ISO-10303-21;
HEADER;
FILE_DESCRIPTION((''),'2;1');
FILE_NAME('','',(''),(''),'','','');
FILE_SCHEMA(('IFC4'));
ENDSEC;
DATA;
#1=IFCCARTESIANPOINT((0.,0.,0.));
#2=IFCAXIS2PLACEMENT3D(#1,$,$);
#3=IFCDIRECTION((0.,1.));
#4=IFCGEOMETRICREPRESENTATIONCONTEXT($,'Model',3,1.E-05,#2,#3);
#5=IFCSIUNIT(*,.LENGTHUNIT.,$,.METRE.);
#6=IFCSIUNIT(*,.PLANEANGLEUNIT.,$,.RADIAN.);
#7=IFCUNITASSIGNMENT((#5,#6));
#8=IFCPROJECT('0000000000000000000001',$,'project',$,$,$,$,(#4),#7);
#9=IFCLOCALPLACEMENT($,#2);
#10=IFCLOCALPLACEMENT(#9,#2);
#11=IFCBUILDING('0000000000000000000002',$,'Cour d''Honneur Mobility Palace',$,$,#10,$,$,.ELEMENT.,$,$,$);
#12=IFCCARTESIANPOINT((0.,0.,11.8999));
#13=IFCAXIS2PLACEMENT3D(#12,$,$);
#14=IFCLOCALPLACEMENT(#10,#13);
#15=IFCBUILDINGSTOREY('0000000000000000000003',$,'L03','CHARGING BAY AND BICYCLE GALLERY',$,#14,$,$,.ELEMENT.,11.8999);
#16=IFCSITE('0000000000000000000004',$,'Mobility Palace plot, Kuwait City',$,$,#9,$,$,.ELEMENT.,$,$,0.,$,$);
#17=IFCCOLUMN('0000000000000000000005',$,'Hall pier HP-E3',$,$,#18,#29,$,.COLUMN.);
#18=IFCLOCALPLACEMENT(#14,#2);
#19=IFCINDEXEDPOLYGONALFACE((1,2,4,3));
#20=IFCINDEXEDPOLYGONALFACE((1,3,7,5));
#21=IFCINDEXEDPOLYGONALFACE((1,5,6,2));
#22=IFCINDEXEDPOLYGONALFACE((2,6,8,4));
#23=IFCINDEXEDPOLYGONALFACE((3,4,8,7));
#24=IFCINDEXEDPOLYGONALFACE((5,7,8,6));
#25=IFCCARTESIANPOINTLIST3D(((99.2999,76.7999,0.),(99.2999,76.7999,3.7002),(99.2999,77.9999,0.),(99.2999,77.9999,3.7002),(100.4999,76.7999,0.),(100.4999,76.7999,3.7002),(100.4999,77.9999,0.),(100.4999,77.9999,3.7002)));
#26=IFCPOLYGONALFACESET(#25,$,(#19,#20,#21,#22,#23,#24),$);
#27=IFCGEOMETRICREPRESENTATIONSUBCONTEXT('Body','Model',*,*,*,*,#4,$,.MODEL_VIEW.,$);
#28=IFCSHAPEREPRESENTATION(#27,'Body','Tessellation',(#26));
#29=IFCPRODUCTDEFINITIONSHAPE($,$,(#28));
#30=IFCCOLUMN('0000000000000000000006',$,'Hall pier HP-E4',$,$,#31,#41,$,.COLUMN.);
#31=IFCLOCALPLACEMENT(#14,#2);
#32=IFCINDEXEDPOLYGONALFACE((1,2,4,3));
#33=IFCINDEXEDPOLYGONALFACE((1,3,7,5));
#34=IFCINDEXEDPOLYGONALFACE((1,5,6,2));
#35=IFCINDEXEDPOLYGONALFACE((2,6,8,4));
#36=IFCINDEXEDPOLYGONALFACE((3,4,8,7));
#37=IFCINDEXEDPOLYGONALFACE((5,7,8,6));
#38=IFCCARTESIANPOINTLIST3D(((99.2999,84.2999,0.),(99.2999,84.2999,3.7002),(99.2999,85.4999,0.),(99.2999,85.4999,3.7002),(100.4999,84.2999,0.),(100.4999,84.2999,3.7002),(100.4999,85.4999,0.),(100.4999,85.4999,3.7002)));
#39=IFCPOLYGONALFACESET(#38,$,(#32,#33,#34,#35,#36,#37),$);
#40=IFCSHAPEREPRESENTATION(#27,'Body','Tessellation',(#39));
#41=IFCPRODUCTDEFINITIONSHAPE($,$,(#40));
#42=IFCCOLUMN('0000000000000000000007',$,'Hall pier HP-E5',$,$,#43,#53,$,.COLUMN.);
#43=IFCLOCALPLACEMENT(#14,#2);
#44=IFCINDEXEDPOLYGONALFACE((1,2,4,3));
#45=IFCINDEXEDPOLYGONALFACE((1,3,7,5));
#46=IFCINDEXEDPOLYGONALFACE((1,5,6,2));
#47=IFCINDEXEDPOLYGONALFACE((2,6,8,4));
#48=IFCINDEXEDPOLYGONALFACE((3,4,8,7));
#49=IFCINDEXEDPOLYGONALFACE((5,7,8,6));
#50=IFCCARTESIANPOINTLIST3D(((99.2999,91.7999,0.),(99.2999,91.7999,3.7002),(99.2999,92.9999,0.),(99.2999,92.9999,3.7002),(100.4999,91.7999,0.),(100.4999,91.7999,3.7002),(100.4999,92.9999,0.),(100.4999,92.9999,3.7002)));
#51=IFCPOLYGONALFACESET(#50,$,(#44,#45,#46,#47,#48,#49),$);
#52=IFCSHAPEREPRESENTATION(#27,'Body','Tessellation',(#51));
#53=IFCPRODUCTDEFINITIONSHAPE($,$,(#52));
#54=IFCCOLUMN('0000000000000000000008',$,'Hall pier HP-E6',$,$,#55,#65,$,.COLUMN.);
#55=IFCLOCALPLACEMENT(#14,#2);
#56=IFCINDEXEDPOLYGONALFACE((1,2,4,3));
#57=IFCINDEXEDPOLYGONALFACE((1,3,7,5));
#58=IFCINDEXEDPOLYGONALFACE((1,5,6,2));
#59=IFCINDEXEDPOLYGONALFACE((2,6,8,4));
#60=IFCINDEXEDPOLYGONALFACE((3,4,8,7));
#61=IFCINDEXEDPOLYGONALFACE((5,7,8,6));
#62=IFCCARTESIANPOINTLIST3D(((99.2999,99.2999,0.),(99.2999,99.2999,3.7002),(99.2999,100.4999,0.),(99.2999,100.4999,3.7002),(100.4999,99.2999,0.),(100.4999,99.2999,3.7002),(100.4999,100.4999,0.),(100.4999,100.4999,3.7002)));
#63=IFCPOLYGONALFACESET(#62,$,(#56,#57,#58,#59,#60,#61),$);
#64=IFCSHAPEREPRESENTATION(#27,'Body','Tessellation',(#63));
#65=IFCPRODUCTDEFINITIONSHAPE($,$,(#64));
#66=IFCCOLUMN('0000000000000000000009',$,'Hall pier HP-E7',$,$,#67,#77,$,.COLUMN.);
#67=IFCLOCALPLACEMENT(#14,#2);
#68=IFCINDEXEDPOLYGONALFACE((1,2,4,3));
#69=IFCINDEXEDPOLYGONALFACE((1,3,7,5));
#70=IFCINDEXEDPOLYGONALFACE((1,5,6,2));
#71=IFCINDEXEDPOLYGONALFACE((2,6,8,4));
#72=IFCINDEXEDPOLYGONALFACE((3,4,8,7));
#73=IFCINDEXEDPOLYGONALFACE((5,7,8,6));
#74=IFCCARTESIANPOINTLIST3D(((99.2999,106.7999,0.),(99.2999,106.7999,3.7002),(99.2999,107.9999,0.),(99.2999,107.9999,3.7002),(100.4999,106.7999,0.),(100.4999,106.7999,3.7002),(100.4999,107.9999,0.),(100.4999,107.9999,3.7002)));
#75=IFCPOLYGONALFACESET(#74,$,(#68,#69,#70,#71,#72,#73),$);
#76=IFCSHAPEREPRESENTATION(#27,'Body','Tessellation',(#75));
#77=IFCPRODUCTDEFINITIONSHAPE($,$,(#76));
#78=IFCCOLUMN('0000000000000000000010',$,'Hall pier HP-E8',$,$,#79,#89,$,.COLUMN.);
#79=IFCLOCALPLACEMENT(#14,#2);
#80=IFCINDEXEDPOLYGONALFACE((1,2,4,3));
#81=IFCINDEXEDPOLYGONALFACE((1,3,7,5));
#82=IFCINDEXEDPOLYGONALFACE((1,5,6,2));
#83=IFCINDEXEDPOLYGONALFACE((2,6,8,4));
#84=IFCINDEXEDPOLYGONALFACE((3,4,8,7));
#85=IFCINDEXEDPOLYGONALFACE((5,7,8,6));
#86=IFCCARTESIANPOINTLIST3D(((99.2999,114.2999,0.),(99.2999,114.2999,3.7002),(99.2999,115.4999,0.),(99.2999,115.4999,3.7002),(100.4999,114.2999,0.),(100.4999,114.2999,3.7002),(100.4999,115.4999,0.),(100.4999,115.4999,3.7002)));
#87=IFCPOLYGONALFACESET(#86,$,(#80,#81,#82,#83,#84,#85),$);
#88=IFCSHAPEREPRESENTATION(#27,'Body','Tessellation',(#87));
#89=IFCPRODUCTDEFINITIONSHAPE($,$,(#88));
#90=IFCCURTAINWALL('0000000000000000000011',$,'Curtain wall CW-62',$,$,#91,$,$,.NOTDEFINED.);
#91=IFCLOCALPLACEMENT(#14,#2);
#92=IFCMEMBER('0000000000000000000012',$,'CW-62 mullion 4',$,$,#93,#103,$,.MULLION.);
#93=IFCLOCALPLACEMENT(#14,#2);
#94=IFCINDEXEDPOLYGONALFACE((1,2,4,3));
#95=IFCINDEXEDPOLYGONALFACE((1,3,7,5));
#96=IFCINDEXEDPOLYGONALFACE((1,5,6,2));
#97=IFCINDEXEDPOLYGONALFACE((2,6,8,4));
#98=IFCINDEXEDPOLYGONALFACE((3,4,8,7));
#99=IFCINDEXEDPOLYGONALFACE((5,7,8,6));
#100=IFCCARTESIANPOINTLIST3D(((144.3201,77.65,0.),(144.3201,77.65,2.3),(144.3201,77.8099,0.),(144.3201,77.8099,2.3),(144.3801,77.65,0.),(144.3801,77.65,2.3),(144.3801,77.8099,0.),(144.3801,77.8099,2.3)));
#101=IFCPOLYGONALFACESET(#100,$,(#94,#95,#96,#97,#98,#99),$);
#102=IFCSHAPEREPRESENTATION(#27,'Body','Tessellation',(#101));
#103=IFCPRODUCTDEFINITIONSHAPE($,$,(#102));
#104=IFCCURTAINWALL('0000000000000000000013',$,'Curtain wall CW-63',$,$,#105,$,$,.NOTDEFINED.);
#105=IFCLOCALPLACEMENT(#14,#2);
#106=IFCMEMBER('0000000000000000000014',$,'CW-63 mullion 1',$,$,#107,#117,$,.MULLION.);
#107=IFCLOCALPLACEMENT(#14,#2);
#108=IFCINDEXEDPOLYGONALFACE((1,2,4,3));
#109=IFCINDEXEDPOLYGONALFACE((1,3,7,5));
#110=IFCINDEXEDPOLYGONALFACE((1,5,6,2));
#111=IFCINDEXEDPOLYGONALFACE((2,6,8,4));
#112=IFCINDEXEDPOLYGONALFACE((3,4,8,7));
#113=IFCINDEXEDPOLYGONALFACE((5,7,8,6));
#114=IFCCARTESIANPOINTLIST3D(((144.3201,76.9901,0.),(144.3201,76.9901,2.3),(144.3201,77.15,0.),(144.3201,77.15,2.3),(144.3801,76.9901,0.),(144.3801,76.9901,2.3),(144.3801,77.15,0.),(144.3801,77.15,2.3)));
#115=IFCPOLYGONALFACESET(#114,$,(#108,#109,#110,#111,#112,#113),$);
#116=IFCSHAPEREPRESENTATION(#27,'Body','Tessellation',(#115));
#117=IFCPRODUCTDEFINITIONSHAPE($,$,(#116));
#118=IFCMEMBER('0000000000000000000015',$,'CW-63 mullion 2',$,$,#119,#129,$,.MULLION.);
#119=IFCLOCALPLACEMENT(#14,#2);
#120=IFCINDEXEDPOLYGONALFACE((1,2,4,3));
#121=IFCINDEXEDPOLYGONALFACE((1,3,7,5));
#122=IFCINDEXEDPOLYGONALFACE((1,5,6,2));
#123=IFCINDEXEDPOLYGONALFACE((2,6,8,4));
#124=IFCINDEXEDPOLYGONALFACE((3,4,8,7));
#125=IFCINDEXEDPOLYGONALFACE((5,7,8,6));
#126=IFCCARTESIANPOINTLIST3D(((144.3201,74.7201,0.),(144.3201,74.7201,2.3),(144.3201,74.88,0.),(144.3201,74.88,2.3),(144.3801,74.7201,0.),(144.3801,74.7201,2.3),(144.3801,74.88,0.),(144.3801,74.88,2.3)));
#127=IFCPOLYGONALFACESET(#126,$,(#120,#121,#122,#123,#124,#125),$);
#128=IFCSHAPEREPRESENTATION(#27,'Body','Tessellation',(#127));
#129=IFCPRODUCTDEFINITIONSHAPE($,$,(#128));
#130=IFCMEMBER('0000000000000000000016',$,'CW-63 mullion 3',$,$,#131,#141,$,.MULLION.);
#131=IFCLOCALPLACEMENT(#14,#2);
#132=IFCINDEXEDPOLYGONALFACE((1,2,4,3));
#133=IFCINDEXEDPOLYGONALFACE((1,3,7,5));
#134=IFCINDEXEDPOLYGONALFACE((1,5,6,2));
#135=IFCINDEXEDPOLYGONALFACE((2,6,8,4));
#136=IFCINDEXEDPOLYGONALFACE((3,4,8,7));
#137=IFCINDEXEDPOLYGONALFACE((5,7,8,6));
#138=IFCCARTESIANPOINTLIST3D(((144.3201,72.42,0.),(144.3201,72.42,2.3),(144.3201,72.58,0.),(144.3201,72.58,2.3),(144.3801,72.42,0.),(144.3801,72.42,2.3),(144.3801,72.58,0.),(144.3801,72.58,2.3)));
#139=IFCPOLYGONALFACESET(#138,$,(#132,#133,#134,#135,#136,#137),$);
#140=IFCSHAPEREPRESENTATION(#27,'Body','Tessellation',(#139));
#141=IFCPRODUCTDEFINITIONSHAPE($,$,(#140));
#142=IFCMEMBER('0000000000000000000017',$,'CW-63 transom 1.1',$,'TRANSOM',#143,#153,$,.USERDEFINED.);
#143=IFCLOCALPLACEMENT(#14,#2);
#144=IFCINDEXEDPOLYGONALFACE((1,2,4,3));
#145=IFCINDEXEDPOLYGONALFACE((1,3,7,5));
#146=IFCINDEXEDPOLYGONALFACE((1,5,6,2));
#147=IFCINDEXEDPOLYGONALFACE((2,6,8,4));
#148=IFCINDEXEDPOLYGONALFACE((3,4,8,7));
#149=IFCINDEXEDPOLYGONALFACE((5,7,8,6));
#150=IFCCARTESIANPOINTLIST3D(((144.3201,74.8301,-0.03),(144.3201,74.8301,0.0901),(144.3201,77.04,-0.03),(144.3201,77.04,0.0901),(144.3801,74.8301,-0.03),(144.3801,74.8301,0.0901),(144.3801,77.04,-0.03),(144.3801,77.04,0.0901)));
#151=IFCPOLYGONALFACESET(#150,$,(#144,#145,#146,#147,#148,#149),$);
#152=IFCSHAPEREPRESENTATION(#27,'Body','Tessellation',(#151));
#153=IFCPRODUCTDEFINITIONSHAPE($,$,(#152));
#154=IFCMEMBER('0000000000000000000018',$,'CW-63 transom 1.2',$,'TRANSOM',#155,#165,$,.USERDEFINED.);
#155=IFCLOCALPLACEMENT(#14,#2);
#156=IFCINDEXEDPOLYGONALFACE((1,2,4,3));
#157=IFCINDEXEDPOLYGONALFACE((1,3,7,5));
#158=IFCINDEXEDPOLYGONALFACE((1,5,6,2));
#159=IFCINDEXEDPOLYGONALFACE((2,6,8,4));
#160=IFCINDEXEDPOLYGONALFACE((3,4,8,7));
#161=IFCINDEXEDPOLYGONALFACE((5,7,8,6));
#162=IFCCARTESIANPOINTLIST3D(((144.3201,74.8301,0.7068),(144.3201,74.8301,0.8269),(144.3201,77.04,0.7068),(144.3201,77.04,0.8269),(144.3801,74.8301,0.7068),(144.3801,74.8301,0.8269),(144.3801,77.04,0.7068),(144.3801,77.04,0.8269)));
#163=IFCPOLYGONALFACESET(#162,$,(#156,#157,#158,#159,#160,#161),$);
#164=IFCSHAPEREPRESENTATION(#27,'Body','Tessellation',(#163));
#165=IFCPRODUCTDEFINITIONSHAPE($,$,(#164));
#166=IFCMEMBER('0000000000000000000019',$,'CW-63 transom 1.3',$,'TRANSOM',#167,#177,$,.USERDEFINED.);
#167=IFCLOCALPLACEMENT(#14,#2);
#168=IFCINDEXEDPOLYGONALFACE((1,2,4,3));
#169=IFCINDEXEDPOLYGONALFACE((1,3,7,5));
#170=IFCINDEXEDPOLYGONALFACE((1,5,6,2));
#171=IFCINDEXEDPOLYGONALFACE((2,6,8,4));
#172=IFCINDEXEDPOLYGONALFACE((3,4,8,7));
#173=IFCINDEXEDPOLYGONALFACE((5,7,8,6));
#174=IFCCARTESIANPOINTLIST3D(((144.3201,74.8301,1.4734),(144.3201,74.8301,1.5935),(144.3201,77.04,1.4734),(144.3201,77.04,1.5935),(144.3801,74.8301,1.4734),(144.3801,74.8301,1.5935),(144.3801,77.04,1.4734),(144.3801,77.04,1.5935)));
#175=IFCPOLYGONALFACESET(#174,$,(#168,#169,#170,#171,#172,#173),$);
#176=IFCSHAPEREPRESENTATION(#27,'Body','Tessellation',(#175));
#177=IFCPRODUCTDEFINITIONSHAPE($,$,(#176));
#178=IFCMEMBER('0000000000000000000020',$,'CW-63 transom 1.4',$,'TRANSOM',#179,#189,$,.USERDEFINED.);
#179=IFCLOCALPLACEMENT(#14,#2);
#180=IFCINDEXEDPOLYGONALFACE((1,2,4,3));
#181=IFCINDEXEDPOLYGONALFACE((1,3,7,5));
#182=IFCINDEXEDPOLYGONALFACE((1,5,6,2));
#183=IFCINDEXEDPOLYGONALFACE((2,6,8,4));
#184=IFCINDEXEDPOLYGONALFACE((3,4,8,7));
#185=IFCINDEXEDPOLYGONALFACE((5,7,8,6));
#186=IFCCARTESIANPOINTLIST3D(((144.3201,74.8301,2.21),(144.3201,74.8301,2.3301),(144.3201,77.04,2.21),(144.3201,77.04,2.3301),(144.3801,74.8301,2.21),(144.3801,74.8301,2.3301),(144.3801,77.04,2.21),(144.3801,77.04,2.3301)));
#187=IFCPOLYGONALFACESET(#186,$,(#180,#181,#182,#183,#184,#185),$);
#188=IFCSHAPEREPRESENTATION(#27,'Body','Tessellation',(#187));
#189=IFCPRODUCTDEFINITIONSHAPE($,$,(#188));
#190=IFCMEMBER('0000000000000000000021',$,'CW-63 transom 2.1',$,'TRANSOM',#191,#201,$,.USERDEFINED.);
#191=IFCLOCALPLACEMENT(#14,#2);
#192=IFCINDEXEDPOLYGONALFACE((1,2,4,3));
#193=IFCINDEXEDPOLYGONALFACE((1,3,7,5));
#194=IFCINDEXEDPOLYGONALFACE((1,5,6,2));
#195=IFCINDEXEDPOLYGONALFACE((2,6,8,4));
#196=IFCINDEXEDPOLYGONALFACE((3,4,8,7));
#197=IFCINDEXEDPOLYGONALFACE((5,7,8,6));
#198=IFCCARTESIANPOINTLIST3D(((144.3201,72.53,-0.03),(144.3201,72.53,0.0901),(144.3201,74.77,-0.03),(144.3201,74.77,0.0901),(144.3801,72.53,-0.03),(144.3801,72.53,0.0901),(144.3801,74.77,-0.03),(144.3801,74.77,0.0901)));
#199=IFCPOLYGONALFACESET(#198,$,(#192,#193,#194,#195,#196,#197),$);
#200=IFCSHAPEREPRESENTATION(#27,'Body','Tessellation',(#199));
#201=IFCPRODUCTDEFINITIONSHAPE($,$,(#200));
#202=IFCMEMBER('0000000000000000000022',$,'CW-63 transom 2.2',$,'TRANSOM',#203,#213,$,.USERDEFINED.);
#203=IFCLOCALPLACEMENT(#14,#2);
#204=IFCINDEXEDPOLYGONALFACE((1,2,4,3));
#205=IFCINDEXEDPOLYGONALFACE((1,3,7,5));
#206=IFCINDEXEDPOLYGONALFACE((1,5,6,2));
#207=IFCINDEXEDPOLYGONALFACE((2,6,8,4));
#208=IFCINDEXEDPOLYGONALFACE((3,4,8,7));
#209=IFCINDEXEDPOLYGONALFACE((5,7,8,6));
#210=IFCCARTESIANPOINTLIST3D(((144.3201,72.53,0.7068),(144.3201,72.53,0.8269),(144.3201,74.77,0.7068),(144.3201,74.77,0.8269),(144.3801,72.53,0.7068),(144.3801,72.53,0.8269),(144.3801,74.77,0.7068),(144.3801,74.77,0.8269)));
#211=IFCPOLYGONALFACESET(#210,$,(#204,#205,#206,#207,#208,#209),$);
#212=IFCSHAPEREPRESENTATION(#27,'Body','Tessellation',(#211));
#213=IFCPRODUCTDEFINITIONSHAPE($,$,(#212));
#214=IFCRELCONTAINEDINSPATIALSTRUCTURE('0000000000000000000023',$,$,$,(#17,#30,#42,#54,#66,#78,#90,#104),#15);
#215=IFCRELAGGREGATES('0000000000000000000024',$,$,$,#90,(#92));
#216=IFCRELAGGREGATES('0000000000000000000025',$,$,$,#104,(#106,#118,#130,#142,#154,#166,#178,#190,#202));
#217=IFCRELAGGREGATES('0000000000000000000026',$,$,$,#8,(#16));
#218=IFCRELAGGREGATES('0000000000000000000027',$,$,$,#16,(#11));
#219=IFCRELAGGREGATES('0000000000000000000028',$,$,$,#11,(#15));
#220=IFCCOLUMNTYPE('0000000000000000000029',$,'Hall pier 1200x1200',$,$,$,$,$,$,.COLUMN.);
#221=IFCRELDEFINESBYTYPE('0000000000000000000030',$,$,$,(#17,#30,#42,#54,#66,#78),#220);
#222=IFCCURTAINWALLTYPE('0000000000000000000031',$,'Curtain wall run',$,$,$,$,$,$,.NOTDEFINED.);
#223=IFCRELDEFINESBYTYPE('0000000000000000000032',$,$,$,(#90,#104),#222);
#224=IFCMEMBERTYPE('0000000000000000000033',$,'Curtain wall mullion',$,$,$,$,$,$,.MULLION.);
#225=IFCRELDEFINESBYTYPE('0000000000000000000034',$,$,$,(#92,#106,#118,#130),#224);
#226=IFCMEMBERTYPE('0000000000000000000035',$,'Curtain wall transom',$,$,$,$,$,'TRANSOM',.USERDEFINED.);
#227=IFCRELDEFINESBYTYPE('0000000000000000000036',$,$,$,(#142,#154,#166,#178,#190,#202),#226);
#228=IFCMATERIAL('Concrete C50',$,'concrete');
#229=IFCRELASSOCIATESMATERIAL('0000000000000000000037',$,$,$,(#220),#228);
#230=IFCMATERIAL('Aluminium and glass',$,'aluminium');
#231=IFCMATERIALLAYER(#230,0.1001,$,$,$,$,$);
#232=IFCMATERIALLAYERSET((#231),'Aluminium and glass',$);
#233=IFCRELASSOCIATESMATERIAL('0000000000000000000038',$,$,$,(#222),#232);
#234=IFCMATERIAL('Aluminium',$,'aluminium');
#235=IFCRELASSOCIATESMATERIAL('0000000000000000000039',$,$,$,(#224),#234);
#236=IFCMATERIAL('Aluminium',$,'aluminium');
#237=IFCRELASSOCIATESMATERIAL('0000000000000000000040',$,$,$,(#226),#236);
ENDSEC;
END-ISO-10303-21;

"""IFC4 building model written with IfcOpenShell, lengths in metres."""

from ifc_helpers import new_model, si_unit, direction, frame, origin, origin_2d, place, context, subcontext, project, spatial, rectangle, extrude, material, layer, layer_set, material_profile, profile_set, type_object, element, aggregate, save


model = new_model("IFC4")

# Units and contexts
model_context = context("Model", 3, precision=1e-05, world=origin(), true_north=direction((0.0, 1.0)))
body_context = subcontext(model_context, "Body", "Model", "MODEL_VIEW")
ifc_project = project(units=[si_unit("LENGTHUNIT", "METRE"), si_unit("PLANEANGLEUNIT", "RADIAN")], contexts=[model_context])

# Site, building, storey
site_placement = place(None, origin())
site = spatial("IfcSite", under=ifc_project, at=site_placement, Name="Mobility Palace plot, Kuwait City", CompositionType="ELEMENT", RefElevation=0.0)
building_placement = place(site_placement, origin())
building = spatial("IfcBuilding", under=site, at=building_placement, Name="Cour d'Honneur Mobility Palace", CompositionType="ELEMENT")
storey_placement = place(building_placement, frame((0.0, 0.0, 11.8999)))
storey = spatial("IfcBuildingStorey", under=building, at=storey_placement, Name="L03", Description="CHARGING BAY AND BICYCLE GALLERY", CompositionType="ELEMENT", Elevation=11.8999)

# Columns
ifc_material_1 = material(Name="Concrete C50", Category="concrete")
ifc_material_profile_1 = material_profile(ifc_material_1, rectangle(XDim=1.2, YDim=1.2, at=origin_2d()), Name="Hall pier 1200x1200")
ifc_profile_set_1 = profile_set([ifc_material_profile_1], Name="Concrete C50")
column_type = type_object("IfcColumnType", Name="Hall pier 1200x1200", PredefinedType="COLUMN", material=ifc_profile_set_1)
for number, where, z_axis, x_axis, name in (
    (1, (99.8999, 77.3999, 0.0), (0.0, 0.0, 1.0), (1.0, 0.0, 0.0), "Hall pier HP-E3"),
    (2, (99.8999, 84.8999, 0.0), (0.0, 0.0, 1.0), (1.0, 0.0, 0.0), "Hall pier HP-E4"),
    (3, (99.8999, 92.3999, 0.0), (0.0, 0.0, 1.0), (1.0, 0.0, 0.0), "Hall pier HP-E5"),
    (4, (99.8999, 99.8999, 0.0), (0.0, 0.0, 1.0), (1.0, 0.0, 0.0), "Hall pier HP-E6"),
    (5, (99.8999, 107.3999, 0.0), (0.0, 0.0, 1.0), (1.0, 0.0, 0.0), "Hall pier HP-E7"),
    (6, (99.8999, 114.8999, 0.0), (0.0, 0.0, 1.0), (1.0, 0.0, 0.0), "Hall pier HP-E8"),
):
    element("IfcColumn", number, at=place(storey_placement, frame(where, z_axis=z_axis, x_axis=x_axis)), inside=storey, type_object=column_type, Name=name, PredefinedType="COLUMN", context=body_context, shape_type="SweptSolid", body=[
        extrude(rectangle(XDim=1.2, YDim=1.2, at=origin_2d()), origin(), (0.0, 0.0, 1.0), 3.7002),
    ])

# Curtain wall, member
ifc_material_2 = material(Name="Aluminium and glass", Category="aluminium")
ifc_layer_1 = layer(ifc_material_2, 0.1001)
ifc_layer_set_1 = layer_set([ifc_layer_1], Name="Aluminium and glass")
curtain_wall_type = type_object("IfcCurtainWallType", Name="Curtain wall run", PredefinedType="NOTDEFINED", material=ifc_layer_set_1)
curtain_wall_1_placement = place(storey_placement, origin())
curtain_wall_1 = element("IfcCurtainWall", 7, at=curtain_wall_1_placement, inside=storey, type_object=curtain_wall_type, Name="Curtain wall CW-62", PredefinedType="NOTDEFINED")
ifc_material_3 = material(Name="Aluminium", Category="aluminium")
ifc_material_profile_2 = material_profile(ifc_material_3, rectangle(XDim=0.0601, YDim=0.1599, at=origin_2d()), Name="Curtain wall mullion")
ifc_profile_set_2 = profile_set([ifc_material_profile_2], Name="Aluminium")
member_type_1 = type_object("IfcMemberType", Name="Curtain wall mullion", PredefinedType="MULLION", material=ifc_profile_set_2)
member_1_placement = place(storey_placement, frame((144.3501, 77.73, 0.0), z_axis=(0.0, 0.0, 1.0), x_axis=(1.0, 0.0, 0.0)))
member_1 = element("IfcMember", 8, at=member_1_placement, type_object=member_type_1, Name="CW-62 mullion 4", PredefinedType="MULLION", context=body_context, shape_type="SweptSolid", body=[
    extrude(rectangle(XDim=0.0601, YDim=0.1599, at=origin_2d()), origin(), (0.0, 0.0, 1.0), 2.3),
])

# Curtain wall, members
curtain_wall_2_placement = place(storey_placement, origin())
curtain_wall_2 = element("IfcCurtainWall", 9, at=curtain_wall_2_placement, inside=storey, type_object=curtain_wall_type, Name="Curtain wall CW-63", PredefinedType="NOTDEFINED")
member_2_placement = place(storey_placement, frame((144.3501, 77.0701, 0.0), z_axis=(0.0, 0.0, 1.0), x_axis=(1.0, 0.0, 0.0)))
member_2 = element("IfcMember", 10, at=member_2_placement, type_object=member_type_1, Name="CW-63 mullion 1", PredefinedType="MULLION", context=body_context, shape_type="SweptSolid", body=[
    extrude(rectangle(XDim=0.0601, YDim=0.1599, at=origin_2d()), origin(), (0.0, 0.0, 1.0), 2.3),
])
member_3_placement = place(storey_placement, frame((144.3501, 74.8, 0.0), z_axis=(0.0, 0.0, 1.0), x_axis=(1.0, 0.0, 0.0)))
member_3 = element("IfcMember", 11, at=member_3_placement, type_object=member_type_1, Name="CW-63 mullion 2", PredefinedType="MULLION", context=body_context, shape_type="SweptSolid", body=[
    extrude(rectangle(XDim=0.0601, YDim=0.1599, at=origin_2d()), origin(), (0.0, 0.0, 1.0), 2.3),
])
member_4_placement = place(storey_placement, frame((144.3501, 72.5, 0.0), z_axis=(0.0, 0.0, 1.0), x_axis=(1.0, 0.0, 0.0)))
member_4 = element("IfcMember", 12, at=member_4_placement, type_object=member_type_1, Name="CW-63 mullion 3", PredefinedType="MULLION", context=body_context, shape_type="SweptSolid", body=[
    extrude(rectangle(XDim=0.0601, YDim=0.1599, at=origin_2d()), origin(), (0.0, 0.0, 1.0), 2.3),
])
ifc_material_4 = material(Name="Aluminium", Category="aluminium")
ifc_material_profile_3 = material_profile(ifc_material_4, rectangle(XDim=0.0601, YDim=0.1201, at=origin_2d()), Name="Curtain wall transom")
ifc_profile_set_3 = profile_set([ifc_material_profile_3], Name="Aluminium")
member_type_2 = type_object("IfcMemberType", Name="Curtain wall transom", ElementType="TRANSOM", PredefinedType="USERDEFINED", material=ifc_profile_set_3)
member_5_placement = place(storey_placement, frame((144.3501, 77.04, 0.03), z_axis=(0.0, -1.0, 0.0), x_axis=(1.0, 0.0, 0.0)))
member_5 = element("IfcMember", 13, at=member_5_placement, type_object=member_type_2, Name="CW-63 transom 1.1", ObjectType="TRANSOM", PredefinedType="USERDEFINED", context=body_context, shape_type="SweptSolid", body=[
    extrude(rectangle(XDim=0.0601, YDim=0.1201, at=origin_2d()), origin(), (0.0, 0.0, 1.0), 2.21),
])
member_6_placement = place(storey_placement, frame((144.3501, 77.04, 0.7668), z_axis=(0.0, -1.0, 0.0), x_axis=(1.0, 0.0, 0.0)))
member_6 = element("IfcMember", 14, at=member_6_placement, type_object=member_type_2, Name="CW-63 transom 1.2", ObjectType="TRANSOM", PredefinedType="USERDEFINED", context=body_context, shape_type="SweptSolid", body=[
    extrude(rectangle(XDim=0.0601, YDim=0.1201, at=origin_2d()), origin(), (0.0, 0.0, 1.0), 2.21),
])
member_7_placement = place(storey_placement, frame((144.3501, 77.04, 1.5334), z_axis=(0.0, -1.0, 0.0), x_axis=(1.0, 0.0, 0.0)))
member_7 = element("IfcMember", 15, at=member_7_placement, type_object=member_type_2, Name="CW-63 transom 1.3", ObjectType="TRANSOM", PredefinedType="USERDEFINED", context=body_context, shape_type="SweptSolid", body=[
    extrude(rectangle(XDim=0.0601, YDim=0.1201, at=origin_2d()), origin(), (0.0, 0.0, 1.0), 2.21),
])
member_8_placement = place(storey_placement, frame((144.3501, 77.04, 2.27), z_axis=(0.0, -1.0, 0.0), x_axis=(1.0, 0.0, 0.0)))
member_8 = element("IfcMember", 16, at=member_8_placement, type_object=member_type_2, Name="CW-63 transom 1.4", ObjectType="TRANSOM", PredefinedType="USERDEFINED", context=body_context, shape_type="SweptSolid", body=[
    extrude(rectangle(XDim=0.0601, YDim=0.1201, at=origin_2d()), origin(), (0.0, 0.0, 1.0), 2.21),
])
member_9_placement = place(storey_placement, frame((144.3501, 74.77, 0.03), z_axis=(0.0, -1.0, 0.0), x_axis=(1.0, 0.0, 0.0)))
member_9 = element("IfcMember", 17, at=member_9_placement, type_object=member_type_2, Name="CW-63 transom 2.1", ObjectType="TRANSOM", PredefinedType="USERDEFINED", context=body_context, shape_type="SweptSolid", body=[
    extrude(rectangle(XDim=0.0601, YDim=0.1201, at=origin_2d()), origin(), (0.0, 0.0, 1.0), 2.24),
])
member_10_placement = place(storey_placement, frame((144.3501, 74.77, 0.7668), z_axis=(0.0, -1.0, 0.0), x_axis=(1.0, 0.0, 0.0)))
member_10 = element("IfcMember", 18, at=member_10_placement, type_object=member_type_2, Name="CW-63 transom 2.2", ObjectType="TRANSOM", PredefinedType="USERDEFINED", context=body_context, shape_type="SweptSolid", body=[
    extrude(rectangle(XDim=0.0601, YDim=0.1201, at=origin_2d()), origin(), (0.0, 0.0, 1.0), 2.24),
])

aggregate(curtain_wall_1, [member_1])
aggregate(curtain_wall_2, [member_2, member_3, member_4, member_5, member_6, member_7, member_8, member_9, member_10])

save(model, "model.ifc")
